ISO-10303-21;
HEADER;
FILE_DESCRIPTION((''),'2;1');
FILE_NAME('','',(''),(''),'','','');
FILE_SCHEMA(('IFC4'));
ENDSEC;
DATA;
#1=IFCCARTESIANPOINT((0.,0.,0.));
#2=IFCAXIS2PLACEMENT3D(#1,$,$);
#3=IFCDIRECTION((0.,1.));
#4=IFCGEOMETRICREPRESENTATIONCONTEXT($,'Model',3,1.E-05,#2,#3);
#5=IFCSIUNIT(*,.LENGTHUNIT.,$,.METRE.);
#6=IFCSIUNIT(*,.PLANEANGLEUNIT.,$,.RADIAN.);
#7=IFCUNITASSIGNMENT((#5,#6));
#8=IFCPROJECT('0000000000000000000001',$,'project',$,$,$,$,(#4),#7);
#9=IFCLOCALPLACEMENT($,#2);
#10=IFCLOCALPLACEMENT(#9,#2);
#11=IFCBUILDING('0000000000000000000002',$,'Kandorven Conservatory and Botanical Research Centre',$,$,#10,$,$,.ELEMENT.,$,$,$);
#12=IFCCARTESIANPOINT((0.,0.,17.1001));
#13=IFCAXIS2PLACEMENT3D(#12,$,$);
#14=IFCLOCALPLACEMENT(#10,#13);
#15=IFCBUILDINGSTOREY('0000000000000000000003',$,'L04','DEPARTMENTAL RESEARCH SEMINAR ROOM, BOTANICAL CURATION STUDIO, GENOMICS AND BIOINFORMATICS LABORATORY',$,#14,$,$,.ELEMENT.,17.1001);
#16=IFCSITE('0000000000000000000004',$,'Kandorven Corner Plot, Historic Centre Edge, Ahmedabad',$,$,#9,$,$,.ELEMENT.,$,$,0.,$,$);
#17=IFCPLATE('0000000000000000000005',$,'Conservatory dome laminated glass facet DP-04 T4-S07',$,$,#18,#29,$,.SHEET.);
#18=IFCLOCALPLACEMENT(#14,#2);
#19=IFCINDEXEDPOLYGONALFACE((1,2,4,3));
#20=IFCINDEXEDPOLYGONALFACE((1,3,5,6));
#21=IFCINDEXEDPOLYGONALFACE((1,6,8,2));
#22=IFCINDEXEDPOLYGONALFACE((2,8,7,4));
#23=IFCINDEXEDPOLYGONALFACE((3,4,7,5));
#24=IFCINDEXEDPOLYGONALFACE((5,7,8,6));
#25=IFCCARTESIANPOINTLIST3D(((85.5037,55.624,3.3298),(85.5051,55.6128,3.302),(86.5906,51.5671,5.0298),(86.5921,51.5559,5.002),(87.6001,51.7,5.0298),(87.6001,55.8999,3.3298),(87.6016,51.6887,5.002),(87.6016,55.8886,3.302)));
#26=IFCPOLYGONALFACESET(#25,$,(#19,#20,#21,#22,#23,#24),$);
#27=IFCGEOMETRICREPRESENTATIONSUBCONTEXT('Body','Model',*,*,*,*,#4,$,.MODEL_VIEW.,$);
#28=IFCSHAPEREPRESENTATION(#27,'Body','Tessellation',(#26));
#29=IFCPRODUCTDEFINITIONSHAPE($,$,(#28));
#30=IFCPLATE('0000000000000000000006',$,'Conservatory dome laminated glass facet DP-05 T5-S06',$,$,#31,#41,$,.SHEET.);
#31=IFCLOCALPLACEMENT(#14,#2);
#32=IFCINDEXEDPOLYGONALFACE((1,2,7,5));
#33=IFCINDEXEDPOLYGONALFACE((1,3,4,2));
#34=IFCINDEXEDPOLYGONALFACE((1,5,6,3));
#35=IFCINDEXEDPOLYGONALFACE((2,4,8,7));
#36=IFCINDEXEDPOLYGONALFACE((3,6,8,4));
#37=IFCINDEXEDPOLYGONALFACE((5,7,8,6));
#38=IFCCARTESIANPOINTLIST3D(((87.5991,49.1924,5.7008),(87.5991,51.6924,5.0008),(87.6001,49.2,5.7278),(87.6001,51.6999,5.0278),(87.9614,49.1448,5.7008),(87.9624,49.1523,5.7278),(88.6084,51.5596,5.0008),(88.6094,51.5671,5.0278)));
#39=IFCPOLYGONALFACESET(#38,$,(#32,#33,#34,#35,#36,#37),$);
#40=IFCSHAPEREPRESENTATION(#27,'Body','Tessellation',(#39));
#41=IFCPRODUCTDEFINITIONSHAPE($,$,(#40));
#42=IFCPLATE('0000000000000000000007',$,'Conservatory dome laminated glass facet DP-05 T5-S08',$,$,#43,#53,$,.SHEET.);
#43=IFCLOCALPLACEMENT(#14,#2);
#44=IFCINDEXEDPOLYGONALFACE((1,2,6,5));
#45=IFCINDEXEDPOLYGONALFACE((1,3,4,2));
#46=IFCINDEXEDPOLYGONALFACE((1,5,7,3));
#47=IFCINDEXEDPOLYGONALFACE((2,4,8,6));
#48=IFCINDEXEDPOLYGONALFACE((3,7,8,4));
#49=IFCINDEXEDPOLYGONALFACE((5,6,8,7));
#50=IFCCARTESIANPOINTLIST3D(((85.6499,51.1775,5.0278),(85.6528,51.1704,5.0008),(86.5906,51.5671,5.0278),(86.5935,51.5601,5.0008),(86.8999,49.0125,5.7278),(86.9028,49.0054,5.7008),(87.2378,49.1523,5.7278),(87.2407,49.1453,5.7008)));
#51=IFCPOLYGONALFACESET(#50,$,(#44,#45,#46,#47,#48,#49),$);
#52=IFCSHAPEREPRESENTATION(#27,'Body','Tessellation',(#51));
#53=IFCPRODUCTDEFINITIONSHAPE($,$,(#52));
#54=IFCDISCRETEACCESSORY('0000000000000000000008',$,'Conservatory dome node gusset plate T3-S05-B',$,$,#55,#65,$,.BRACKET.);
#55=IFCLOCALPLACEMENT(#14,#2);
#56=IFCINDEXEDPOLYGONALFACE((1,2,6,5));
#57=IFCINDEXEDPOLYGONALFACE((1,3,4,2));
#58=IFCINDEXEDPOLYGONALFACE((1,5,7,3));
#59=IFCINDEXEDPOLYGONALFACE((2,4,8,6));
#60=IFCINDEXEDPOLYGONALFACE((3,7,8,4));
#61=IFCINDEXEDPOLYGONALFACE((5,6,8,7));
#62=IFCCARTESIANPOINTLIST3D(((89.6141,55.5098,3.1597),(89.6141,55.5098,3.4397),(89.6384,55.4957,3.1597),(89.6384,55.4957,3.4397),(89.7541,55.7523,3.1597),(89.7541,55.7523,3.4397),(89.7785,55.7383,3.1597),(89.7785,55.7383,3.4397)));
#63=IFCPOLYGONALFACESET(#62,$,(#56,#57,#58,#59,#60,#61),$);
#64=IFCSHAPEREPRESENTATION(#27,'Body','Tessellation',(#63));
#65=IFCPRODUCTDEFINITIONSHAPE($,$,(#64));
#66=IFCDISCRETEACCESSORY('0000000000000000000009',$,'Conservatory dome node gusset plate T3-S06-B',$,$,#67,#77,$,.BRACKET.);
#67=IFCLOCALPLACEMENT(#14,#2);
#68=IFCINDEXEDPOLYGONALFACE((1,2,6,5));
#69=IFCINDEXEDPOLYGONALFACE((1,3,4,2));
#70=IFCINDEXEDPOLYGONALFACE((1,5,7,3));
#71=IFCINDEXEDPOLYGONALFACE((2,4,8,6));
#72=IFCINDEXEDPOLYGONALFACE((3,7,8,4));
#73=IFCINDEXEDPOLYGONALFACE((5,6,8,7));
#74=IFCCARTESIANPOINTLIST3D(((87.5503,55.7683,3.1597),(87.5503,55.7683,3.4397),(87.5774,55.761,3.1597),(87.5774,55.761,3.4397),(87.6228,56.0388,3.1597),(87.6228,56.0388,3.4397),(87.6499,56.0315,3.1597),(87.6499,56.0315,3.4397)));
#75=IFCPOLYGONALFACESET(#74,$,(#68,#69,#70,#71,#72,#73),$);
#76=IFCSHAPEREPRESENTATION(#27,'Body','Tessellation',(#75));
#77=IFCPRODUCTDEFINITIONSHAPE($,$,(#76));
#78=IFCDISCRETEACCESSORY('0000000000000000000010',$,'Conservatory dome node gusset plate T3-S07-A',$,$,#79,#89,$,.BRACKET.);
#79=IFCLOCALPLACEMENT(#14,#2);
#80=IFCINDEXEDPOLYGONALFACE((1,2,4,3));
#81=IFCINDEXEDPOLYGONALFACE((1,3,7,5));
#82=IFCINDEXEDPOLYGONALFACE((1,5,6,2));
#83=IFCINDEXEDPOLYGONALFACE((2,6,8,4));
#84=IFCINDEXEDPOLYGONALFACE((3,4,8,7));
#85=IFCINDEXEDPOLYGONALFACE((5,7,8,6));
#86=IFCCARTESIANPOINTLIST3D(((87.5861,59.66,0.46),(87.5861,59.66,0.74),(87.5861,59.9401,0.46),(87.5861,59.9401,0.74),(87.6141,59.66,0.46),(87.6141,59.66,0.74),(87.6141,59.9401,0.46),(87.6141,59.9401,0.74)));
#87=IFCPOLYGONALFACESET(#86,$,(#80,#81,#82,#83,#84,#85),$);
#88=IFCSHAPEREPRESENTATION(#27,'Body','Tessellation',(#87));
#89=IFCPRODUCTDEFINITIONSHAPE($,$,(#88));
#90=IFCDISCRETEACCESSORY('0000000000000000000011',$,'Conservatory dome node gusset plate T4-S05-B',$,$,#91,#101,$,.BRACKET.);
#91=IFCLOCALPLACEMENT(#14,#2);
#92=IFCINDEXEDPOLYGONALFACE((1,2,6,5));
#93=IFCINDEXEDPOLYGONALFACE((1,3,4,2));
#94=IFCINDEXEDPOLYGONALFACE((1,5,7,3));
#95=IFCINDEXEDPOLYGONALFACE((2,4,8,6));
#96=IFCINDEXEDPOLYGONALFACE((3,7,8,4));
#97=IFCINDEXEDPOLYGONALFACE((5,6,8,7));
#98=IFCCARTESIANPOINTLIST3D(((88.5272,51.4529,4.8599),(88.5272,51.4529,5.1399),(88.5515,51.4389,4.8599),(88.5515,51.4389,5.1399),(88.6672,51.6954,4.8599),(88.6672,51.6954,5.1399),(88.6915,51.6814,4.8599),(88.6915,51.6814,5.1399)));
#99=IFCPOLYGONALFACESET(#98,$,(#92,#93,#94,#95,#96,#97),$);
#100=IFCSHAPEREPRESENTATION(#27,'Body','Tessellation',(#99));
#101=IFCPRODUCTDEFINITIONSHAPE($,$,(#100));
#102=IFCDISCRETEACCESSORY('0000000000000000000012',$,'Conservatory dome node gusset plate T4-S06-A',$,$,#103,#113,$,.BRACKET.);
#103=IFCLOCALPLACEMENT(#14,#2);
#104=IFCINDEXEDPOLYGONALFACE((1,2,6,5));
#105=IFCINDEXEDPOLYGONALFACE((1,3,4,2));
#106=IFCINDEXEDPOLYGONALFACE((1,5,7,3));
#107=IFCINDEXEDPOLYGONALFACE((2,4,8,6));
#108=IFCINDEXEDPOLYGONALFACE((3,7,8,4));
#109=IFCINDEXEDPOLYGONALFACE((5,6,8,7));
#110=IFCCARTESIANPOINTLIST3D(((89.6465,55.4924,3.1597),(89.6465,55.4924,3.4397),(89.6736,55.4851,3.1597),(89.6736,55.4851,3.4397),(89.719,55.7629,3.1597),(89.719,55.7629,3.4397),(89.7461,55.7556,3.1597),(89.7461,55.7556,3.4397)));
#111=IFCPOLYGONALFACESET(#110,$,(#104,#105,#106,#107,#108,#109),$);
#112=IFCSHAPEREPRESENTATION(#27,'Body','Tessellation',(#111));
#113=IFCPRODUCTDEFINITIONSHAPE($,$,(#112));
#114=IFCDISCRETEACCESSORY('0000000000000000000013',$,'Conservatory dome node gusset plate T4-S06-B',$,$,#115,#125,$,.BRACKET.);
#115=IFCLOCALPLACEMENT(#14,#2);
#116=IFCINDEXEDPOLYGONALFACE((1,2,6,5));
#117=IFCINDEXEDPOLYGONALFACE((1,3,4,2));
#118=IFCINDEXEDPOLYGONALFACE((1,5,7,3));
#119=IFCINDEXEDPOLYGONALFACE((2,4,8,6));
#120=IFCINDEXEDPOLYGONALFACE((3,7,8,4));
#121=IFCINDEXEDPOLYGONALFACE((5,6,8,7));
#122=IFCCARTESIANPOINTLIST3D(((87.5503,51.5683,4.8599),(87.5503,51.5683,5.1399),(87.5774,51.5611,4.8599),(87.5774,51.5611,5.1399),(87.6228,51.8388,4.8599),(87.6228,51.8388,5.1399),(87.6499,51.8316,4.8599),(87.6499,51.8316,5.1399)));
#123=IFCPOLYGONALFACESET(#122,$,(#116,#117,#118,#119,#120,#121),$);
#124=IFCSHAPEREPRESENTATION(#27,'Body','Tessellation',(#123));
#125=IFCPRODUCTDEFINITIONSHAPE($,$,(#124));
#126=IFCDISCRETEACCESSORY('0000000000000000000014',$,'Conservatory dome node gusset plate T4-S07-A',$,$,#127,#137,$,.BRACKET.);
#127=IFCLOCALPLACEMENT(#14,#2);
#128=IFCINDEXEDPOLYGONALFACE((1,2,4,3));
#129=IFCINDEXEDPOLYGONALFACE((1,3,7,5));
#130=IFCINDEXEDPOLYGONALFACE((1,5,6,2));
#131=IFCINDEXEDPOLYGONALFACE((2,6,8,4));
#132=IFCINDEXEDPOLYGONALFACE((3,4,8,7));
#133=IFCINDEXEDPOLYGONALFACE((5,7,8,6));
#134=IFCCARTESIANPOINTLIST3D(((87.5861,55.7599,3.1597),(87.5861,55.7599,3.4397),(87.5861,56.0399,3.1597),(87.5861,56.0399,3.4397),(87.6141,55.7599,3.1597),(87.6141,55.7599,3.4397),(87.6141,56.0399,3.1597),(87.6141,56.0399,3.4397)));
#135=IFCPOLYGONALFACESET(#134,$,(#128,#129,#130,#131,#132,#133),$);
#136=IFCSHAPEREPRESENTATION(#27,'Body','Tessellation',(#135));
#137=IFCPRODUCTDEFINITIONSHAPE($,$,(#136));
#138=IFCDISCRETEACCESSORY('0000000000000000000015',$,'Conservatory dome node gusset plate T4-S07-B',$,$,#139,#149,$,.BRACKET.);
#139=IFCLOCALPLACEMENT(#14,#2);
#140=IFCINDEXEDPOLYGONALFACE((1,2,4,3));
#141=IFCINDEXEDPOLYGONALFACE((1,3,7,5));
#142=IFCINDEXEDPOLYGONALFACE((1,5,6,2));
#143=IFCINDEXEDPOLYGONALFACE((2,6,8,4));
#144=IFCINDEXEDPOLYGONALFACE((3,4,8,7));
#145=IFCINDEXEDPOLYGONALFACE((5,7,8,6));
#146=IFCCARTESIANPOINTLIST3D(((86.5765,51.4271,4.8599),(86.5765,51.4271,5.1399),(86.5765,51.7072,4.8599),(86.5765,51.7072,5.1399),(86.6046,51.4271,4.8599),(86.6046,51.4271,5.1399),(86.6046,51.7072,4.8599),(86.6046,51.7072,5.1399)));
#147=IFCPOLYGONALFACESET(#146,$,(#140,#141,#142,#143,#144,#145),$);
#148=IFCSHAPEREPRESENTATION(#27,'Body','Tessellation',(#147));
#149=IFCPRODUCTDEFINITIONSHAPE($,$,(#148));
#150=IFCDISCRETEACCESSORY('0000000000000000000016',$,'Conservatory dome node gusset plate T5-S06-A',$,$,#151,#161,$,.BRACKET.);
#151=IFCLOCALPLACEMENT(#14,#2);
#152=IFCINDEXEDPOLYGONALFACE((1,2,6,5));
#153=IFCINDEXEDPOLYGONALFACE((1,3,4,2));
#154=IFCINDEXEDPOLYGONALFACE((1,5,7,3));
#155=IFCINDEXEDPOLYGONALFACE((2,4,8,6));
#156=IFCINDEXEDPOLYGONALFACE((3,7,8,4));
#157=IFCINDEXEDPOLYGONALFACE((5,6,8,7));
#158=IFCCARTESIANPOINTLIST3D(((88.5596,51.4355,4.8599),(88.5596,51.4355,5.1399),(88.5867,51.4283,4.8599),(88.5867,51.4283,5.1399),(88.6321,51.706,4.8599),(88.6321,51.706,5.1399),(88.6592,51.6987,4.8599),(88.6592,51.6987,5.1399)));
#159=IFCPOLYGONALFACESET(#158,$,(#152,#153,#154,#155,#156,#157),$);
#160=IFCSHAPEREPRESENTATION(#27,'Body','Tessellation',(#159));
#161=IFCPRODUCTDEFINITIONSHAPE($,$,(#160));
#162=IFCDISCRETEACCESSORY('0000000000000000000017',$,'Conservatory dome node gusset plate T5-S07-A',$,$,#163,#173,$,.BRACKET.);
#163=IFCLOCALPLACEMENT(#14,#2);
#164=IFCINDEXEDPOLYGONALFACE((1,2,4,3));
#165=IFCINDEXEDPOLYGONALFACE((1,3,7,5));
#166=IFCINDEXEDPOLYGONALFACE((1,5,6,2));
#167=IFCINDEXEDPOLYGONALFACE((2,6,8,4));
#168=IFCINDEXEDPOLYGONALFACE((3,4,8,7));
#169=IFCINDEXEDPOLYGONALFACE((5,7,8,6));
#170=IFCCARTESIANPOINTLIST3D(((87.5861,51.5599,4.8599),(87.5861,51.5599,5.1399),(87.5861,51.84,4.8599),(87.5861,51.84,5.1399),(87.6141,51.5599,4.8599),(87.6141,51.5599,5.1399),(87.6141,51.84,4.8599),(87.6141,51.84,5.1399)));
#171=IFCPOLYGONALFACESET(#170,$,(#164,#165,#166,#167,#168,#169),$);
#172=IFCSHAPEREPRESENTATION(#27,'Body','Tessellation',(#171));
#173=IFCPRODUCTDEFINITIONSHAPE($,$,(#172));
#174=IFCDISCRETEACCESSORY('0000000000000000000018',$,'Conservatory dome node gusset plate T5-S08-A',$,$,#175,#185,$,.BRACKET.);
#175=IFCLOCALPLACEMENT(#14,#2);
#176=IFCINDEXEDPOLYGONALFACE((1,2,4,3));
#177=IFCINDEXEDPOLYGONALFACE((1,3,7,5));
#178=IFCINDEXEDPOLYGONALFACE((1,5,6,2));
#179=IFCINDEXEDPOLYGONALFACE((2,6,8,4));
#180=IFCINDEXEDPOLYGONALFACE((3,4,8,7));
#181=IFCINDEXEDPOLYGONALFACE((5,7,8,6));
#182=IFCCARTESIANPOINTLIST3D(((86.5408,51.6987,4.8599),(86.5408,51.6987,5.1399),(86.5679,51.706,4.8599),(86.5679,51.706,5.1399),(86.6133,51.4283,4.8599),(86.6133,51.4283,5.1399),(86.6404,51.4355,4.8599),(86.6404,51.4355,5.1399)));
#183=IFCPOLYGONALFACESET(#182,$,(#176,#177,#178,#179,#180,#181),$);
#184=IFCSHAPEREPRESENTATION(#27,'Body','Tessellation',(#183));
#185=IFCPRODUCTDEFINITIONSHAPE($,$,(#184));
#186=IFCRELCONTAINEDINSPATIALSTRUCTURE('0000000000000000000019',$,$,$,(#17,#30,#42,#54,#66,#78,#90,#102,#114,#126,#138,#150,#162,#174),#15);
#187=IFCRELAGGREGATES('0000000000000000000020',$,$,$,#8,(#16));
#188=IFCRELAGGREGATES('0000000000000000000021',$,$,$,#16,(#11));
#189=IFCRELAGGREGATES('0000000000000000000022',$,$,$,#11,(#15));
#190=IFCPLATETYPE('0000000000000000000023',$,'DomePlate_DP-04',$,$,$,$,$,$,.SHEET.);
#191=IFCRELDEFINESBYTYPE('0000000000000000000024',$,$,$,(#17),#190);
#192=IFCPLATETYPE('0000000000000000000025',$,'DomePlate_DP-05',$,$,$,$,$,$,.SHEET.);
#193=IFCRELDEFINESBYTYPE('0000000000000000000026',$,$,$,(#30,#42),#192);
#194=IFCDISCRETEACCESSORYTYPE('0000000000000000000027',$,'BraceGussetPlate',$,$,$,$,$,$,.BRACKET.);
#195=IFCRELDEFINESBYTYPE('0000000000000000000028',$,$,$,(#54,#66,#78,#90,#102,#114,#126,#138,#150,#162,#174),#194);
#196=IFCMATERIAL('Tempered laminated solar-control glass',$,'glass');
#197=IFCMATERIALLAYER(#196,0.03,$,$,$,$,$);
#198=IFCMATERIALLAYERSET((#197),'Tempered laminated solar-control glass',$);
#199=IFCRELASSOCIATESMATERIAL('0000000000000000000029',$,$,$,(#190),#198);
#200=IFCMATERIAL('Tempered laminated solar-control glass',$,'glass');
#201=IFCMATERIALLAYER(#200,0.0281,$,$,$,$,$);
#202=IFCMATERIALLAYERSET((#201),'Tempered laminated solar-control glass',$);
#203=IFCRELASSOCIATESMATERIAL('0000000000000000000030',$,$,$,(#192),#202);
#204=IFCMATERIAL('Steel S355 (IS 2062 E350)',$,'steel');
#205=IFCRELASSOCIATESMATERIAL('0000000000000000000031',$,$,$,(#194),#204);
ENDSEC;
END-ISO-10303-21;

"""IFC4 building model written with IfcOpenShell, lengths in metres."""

from ifc_helpers import new_model, si_unit, direction, frame, origin, origin_2d, place, context, subcontext, project, spatial, polyline, rectangle, outline, extrude, material, layer, layer_set, type_object, element, save


model = new_model("IFC4")

# Units and contexts
model_context = context("Model", 3, precision=1e-05, world=origin(), true_north=direction((0.0, 1.0)))
body_context = subcontext(model_context, "Body", "Model", "MODEL_VIEW")
ifc_project = project(units=[si_unit("LENGTHUNIT", "METRE"), si_unit("PLANEANGLEUNIT", "RADIAN")], contexts=[model_context])

# Site, building, storey
site_placement = place(None, origin())
site = spatial("IfcSite", under=ifc_project, at=site_placement, Name="Kandorven Corner Plot, Historic Centre Edge, Ahmedabad", CompositionType="ELEMENT", RefElevation=0.0)
building_placement = place(site_placement, origin())
building = spatial("IfcBuilding", under=site, at=building_placement, Name="Kandorven Conservatory and Botanical Research Centre", CompositionType="ELEMENT")
storey_placement = place(building_placement, frame((0.0, 0.0, 17.1001)))
storey = spatial("IfcBuildingStorey", under=building, at=storey_placement, Name="L04", Description="DEPARTMENTAL RESEARCH SEMINAR ROOM, BOTANICAL CURATION STUDIO, GENOMICS AND BIOINFORMATICS LABORATORY", CompositionType="ELEMENT", Elevation=17.1001)

# Plates
ifc_material_1 = material(Name="Tempered laminated solar-control glass", Category="glass")
ifc_layer_1 = layer(ifc_material_1, 0.03)
ifc_layer_set_1 = layer_set([ifc_layer_1], Name="Tempered laminated solar-control glass")
plate_type_1 = type_object("IfcPlateType", Name="DomePlate_DP-04", PredefinedType="SHEET", material=ifc_layer_set_1)
plate_1_placement = place(storey_placement, frame((87.6001, 55.8999, 3.3298), z_axis=(-0.049308, 0.374733, 0.925821), x_axis=(-0.991453, -0.130468, 0.000004)))
element("IfcPlate", 1, at=plate_1_placement, inside=storey, type_object=plate_type_1, Name="Conservatory dome laminated glass facet DP-04 T4-S07", PredefinedType="SHEET", context=body_context, shape_type="SweptSolid", body=[
    extrude(outline(polyline([(0.0, 0.0), (2.1145, 0.0), (1.5662, 4.4977), (0.548, 4.4977), (0.0, 0.0)])), origin(), (0.0, 0.0, -1.0), 0.03),
])
ifc_material_2 = material(Name="Tempered laminated solar-control glass", Category="glass")
ifc_layer_2 = layer(ifc_material_2, 0.0281)
ifc_layer_set_2 = layer_set([ifc_layer_2], Name="Tempered laminated solar-control glass")
plate_type_2 = type_object("IfcPlateType", Name="DomePlate_DP-05", PredefinedType="SHEET", material=ifc_layer_set_2)
plate_2_placement = place(storey_placement, frame((88.6094, 51.5671, 5.0278), z_axis=(0.035444, 0.269448, 0.962362), x_axis=(-0.991453, 0.130463, -0.000013)))
element("IfcPlate", 2, at=plate_2_placement, inside=storey, type_object=plate_type_2, Name="Conservatory dome laminated glass facet DP-05 T5-S06", PredefinedType="SHEET", context=body_context, shape_type="SweptSolid", body=[
    extrude(outline(polyline([(0.0, 0.0), (1.018, 0.0), (0.6918, 2.5756), (0.3264, 2.5755), (0.0, 0.0)])), origin(), (0.0, 0.0, -1.0), 0.0281),
])
plate_3_placement = place(storey_placement, frame((86.5906, 51.5671, 5.0278), z_axis=(-0.103991, 0.251084, 0.962363), x_axis=(-0.923878, -0.382687, 0.000012)))
element("IfcPlate", 3, at=plate_3_placement, inside=storey, type_object=plate_type_2, Name="Conservatory dome laminated glass facet DP-05 T5-S08", PredefinedType="SHEET", context=body_context, shape_type="SweptSolid", body=[
    extrude(outline(polyline([(0.0, 0.0), (1.0182, 0.0), (0.6919, 2.5755), (0.3262, 2.5756), (0.0, 0.0)])), origin(), (0.0, 0.0, -1.0), 0.0281),
])

# Discrete accessories
ifc_material_3 = material(Name="Steel S355 (IS 2062 E350)", Category="steel")
discrete_accessory_type = type_object("IfcDiscreteAccessoryType", Name="BraceGussetPlate", PredefinedType="BRACKET", material=ifc_material_3)
for number, where, z_axis, x_axis, name in (
    (4, (89.6963, 55.624, 3.1597), (0.0, 0.0, 1.0), (0.5, 0.866025, 0.0), "Conservatory dome node gusset plate T3-S05-B"),
    (5, (87.6001, 55.8999, 3.1597), (0.0, 0.0, 1.0), (0.258819, 0.965926, 0.0), "Conservatory dome node gusset plate T3-S06-B"),
    (6, (87.6001, 59.8, 0.46), (0.0, 0.0, 1.0), (0.0, 1.0, 0.0), "Conservatory dome node gusset plate T3-S07-A"),
    (7, (88.6094, 51.5671, 4.8599), (0.0, 0.0, 1.0), (0.5, 0.866025, 0.0), "Conservatory dome node gusset plate T4-S05-B"),
    (8, (89.6963, 55.624, 3.1597), (0.0, 0.0, 1.0), (0.258819, 0.965926, 0.0), "Conservatory dome node gusset plate T4-S06-A"),
    (9, (87.6001, 51.7, 4.8599), (0.0, 0.0, 1.0), (0.258819, 0.965926, 0.0), "Conservatory dome node gusset plate T4-S06-B"),
    (10, (87.6001, 55.8999, 3.1597), (0.0, 0.0, 1.0), (0.0, 1.0, 0.0), "Conservatory dome node gusset plate T4-S07-A"),
    (11, (86.5906, 51.5671, 4.8599), (0.0, 0.0, 1.0), (0.0, 1.0, 0.0), "Conservatory dome node gusset plate T4-S07-B"),
    (12, (88.6094, 51.5671, 4.8599), (0.0, 0.0, 1.0), (0.258819, 0.965926, 0.0), "Conservatory dome node gusset plate T5-S06-A"),
    (13, (87.6001, 51.7, 4.8599), (0.0, 0.0, 1.0), (0.0, 1.0, 0.0), "Conservatory dome node gusset plate T5-S07-A"),
    (14, (86.5906, 51.5671, 4.8599), (0.0, 0.0, 1.0), (-0.258819, 0.965926, 0.0), "Conservatory dome node gusset plate T5-S08-A"),
):
    element("IfcDiscreteAccessory", number, at=place(storey_placement, frame(where, z_axis=z_axis, x_axis=x_axis)), inside=storey, type_object=discrete_accessory_type, Name=name, PredefinedType="BRACKET", context=body_context, shape_type="SweptSolid", body=[
        extrude(rectangle(XDim=0.28, YDim=0.0281, at=origin_2d()), origin(), (0.0, 0.0, 1.0), 0.28),
    ])

save(model, "model.ifc")
